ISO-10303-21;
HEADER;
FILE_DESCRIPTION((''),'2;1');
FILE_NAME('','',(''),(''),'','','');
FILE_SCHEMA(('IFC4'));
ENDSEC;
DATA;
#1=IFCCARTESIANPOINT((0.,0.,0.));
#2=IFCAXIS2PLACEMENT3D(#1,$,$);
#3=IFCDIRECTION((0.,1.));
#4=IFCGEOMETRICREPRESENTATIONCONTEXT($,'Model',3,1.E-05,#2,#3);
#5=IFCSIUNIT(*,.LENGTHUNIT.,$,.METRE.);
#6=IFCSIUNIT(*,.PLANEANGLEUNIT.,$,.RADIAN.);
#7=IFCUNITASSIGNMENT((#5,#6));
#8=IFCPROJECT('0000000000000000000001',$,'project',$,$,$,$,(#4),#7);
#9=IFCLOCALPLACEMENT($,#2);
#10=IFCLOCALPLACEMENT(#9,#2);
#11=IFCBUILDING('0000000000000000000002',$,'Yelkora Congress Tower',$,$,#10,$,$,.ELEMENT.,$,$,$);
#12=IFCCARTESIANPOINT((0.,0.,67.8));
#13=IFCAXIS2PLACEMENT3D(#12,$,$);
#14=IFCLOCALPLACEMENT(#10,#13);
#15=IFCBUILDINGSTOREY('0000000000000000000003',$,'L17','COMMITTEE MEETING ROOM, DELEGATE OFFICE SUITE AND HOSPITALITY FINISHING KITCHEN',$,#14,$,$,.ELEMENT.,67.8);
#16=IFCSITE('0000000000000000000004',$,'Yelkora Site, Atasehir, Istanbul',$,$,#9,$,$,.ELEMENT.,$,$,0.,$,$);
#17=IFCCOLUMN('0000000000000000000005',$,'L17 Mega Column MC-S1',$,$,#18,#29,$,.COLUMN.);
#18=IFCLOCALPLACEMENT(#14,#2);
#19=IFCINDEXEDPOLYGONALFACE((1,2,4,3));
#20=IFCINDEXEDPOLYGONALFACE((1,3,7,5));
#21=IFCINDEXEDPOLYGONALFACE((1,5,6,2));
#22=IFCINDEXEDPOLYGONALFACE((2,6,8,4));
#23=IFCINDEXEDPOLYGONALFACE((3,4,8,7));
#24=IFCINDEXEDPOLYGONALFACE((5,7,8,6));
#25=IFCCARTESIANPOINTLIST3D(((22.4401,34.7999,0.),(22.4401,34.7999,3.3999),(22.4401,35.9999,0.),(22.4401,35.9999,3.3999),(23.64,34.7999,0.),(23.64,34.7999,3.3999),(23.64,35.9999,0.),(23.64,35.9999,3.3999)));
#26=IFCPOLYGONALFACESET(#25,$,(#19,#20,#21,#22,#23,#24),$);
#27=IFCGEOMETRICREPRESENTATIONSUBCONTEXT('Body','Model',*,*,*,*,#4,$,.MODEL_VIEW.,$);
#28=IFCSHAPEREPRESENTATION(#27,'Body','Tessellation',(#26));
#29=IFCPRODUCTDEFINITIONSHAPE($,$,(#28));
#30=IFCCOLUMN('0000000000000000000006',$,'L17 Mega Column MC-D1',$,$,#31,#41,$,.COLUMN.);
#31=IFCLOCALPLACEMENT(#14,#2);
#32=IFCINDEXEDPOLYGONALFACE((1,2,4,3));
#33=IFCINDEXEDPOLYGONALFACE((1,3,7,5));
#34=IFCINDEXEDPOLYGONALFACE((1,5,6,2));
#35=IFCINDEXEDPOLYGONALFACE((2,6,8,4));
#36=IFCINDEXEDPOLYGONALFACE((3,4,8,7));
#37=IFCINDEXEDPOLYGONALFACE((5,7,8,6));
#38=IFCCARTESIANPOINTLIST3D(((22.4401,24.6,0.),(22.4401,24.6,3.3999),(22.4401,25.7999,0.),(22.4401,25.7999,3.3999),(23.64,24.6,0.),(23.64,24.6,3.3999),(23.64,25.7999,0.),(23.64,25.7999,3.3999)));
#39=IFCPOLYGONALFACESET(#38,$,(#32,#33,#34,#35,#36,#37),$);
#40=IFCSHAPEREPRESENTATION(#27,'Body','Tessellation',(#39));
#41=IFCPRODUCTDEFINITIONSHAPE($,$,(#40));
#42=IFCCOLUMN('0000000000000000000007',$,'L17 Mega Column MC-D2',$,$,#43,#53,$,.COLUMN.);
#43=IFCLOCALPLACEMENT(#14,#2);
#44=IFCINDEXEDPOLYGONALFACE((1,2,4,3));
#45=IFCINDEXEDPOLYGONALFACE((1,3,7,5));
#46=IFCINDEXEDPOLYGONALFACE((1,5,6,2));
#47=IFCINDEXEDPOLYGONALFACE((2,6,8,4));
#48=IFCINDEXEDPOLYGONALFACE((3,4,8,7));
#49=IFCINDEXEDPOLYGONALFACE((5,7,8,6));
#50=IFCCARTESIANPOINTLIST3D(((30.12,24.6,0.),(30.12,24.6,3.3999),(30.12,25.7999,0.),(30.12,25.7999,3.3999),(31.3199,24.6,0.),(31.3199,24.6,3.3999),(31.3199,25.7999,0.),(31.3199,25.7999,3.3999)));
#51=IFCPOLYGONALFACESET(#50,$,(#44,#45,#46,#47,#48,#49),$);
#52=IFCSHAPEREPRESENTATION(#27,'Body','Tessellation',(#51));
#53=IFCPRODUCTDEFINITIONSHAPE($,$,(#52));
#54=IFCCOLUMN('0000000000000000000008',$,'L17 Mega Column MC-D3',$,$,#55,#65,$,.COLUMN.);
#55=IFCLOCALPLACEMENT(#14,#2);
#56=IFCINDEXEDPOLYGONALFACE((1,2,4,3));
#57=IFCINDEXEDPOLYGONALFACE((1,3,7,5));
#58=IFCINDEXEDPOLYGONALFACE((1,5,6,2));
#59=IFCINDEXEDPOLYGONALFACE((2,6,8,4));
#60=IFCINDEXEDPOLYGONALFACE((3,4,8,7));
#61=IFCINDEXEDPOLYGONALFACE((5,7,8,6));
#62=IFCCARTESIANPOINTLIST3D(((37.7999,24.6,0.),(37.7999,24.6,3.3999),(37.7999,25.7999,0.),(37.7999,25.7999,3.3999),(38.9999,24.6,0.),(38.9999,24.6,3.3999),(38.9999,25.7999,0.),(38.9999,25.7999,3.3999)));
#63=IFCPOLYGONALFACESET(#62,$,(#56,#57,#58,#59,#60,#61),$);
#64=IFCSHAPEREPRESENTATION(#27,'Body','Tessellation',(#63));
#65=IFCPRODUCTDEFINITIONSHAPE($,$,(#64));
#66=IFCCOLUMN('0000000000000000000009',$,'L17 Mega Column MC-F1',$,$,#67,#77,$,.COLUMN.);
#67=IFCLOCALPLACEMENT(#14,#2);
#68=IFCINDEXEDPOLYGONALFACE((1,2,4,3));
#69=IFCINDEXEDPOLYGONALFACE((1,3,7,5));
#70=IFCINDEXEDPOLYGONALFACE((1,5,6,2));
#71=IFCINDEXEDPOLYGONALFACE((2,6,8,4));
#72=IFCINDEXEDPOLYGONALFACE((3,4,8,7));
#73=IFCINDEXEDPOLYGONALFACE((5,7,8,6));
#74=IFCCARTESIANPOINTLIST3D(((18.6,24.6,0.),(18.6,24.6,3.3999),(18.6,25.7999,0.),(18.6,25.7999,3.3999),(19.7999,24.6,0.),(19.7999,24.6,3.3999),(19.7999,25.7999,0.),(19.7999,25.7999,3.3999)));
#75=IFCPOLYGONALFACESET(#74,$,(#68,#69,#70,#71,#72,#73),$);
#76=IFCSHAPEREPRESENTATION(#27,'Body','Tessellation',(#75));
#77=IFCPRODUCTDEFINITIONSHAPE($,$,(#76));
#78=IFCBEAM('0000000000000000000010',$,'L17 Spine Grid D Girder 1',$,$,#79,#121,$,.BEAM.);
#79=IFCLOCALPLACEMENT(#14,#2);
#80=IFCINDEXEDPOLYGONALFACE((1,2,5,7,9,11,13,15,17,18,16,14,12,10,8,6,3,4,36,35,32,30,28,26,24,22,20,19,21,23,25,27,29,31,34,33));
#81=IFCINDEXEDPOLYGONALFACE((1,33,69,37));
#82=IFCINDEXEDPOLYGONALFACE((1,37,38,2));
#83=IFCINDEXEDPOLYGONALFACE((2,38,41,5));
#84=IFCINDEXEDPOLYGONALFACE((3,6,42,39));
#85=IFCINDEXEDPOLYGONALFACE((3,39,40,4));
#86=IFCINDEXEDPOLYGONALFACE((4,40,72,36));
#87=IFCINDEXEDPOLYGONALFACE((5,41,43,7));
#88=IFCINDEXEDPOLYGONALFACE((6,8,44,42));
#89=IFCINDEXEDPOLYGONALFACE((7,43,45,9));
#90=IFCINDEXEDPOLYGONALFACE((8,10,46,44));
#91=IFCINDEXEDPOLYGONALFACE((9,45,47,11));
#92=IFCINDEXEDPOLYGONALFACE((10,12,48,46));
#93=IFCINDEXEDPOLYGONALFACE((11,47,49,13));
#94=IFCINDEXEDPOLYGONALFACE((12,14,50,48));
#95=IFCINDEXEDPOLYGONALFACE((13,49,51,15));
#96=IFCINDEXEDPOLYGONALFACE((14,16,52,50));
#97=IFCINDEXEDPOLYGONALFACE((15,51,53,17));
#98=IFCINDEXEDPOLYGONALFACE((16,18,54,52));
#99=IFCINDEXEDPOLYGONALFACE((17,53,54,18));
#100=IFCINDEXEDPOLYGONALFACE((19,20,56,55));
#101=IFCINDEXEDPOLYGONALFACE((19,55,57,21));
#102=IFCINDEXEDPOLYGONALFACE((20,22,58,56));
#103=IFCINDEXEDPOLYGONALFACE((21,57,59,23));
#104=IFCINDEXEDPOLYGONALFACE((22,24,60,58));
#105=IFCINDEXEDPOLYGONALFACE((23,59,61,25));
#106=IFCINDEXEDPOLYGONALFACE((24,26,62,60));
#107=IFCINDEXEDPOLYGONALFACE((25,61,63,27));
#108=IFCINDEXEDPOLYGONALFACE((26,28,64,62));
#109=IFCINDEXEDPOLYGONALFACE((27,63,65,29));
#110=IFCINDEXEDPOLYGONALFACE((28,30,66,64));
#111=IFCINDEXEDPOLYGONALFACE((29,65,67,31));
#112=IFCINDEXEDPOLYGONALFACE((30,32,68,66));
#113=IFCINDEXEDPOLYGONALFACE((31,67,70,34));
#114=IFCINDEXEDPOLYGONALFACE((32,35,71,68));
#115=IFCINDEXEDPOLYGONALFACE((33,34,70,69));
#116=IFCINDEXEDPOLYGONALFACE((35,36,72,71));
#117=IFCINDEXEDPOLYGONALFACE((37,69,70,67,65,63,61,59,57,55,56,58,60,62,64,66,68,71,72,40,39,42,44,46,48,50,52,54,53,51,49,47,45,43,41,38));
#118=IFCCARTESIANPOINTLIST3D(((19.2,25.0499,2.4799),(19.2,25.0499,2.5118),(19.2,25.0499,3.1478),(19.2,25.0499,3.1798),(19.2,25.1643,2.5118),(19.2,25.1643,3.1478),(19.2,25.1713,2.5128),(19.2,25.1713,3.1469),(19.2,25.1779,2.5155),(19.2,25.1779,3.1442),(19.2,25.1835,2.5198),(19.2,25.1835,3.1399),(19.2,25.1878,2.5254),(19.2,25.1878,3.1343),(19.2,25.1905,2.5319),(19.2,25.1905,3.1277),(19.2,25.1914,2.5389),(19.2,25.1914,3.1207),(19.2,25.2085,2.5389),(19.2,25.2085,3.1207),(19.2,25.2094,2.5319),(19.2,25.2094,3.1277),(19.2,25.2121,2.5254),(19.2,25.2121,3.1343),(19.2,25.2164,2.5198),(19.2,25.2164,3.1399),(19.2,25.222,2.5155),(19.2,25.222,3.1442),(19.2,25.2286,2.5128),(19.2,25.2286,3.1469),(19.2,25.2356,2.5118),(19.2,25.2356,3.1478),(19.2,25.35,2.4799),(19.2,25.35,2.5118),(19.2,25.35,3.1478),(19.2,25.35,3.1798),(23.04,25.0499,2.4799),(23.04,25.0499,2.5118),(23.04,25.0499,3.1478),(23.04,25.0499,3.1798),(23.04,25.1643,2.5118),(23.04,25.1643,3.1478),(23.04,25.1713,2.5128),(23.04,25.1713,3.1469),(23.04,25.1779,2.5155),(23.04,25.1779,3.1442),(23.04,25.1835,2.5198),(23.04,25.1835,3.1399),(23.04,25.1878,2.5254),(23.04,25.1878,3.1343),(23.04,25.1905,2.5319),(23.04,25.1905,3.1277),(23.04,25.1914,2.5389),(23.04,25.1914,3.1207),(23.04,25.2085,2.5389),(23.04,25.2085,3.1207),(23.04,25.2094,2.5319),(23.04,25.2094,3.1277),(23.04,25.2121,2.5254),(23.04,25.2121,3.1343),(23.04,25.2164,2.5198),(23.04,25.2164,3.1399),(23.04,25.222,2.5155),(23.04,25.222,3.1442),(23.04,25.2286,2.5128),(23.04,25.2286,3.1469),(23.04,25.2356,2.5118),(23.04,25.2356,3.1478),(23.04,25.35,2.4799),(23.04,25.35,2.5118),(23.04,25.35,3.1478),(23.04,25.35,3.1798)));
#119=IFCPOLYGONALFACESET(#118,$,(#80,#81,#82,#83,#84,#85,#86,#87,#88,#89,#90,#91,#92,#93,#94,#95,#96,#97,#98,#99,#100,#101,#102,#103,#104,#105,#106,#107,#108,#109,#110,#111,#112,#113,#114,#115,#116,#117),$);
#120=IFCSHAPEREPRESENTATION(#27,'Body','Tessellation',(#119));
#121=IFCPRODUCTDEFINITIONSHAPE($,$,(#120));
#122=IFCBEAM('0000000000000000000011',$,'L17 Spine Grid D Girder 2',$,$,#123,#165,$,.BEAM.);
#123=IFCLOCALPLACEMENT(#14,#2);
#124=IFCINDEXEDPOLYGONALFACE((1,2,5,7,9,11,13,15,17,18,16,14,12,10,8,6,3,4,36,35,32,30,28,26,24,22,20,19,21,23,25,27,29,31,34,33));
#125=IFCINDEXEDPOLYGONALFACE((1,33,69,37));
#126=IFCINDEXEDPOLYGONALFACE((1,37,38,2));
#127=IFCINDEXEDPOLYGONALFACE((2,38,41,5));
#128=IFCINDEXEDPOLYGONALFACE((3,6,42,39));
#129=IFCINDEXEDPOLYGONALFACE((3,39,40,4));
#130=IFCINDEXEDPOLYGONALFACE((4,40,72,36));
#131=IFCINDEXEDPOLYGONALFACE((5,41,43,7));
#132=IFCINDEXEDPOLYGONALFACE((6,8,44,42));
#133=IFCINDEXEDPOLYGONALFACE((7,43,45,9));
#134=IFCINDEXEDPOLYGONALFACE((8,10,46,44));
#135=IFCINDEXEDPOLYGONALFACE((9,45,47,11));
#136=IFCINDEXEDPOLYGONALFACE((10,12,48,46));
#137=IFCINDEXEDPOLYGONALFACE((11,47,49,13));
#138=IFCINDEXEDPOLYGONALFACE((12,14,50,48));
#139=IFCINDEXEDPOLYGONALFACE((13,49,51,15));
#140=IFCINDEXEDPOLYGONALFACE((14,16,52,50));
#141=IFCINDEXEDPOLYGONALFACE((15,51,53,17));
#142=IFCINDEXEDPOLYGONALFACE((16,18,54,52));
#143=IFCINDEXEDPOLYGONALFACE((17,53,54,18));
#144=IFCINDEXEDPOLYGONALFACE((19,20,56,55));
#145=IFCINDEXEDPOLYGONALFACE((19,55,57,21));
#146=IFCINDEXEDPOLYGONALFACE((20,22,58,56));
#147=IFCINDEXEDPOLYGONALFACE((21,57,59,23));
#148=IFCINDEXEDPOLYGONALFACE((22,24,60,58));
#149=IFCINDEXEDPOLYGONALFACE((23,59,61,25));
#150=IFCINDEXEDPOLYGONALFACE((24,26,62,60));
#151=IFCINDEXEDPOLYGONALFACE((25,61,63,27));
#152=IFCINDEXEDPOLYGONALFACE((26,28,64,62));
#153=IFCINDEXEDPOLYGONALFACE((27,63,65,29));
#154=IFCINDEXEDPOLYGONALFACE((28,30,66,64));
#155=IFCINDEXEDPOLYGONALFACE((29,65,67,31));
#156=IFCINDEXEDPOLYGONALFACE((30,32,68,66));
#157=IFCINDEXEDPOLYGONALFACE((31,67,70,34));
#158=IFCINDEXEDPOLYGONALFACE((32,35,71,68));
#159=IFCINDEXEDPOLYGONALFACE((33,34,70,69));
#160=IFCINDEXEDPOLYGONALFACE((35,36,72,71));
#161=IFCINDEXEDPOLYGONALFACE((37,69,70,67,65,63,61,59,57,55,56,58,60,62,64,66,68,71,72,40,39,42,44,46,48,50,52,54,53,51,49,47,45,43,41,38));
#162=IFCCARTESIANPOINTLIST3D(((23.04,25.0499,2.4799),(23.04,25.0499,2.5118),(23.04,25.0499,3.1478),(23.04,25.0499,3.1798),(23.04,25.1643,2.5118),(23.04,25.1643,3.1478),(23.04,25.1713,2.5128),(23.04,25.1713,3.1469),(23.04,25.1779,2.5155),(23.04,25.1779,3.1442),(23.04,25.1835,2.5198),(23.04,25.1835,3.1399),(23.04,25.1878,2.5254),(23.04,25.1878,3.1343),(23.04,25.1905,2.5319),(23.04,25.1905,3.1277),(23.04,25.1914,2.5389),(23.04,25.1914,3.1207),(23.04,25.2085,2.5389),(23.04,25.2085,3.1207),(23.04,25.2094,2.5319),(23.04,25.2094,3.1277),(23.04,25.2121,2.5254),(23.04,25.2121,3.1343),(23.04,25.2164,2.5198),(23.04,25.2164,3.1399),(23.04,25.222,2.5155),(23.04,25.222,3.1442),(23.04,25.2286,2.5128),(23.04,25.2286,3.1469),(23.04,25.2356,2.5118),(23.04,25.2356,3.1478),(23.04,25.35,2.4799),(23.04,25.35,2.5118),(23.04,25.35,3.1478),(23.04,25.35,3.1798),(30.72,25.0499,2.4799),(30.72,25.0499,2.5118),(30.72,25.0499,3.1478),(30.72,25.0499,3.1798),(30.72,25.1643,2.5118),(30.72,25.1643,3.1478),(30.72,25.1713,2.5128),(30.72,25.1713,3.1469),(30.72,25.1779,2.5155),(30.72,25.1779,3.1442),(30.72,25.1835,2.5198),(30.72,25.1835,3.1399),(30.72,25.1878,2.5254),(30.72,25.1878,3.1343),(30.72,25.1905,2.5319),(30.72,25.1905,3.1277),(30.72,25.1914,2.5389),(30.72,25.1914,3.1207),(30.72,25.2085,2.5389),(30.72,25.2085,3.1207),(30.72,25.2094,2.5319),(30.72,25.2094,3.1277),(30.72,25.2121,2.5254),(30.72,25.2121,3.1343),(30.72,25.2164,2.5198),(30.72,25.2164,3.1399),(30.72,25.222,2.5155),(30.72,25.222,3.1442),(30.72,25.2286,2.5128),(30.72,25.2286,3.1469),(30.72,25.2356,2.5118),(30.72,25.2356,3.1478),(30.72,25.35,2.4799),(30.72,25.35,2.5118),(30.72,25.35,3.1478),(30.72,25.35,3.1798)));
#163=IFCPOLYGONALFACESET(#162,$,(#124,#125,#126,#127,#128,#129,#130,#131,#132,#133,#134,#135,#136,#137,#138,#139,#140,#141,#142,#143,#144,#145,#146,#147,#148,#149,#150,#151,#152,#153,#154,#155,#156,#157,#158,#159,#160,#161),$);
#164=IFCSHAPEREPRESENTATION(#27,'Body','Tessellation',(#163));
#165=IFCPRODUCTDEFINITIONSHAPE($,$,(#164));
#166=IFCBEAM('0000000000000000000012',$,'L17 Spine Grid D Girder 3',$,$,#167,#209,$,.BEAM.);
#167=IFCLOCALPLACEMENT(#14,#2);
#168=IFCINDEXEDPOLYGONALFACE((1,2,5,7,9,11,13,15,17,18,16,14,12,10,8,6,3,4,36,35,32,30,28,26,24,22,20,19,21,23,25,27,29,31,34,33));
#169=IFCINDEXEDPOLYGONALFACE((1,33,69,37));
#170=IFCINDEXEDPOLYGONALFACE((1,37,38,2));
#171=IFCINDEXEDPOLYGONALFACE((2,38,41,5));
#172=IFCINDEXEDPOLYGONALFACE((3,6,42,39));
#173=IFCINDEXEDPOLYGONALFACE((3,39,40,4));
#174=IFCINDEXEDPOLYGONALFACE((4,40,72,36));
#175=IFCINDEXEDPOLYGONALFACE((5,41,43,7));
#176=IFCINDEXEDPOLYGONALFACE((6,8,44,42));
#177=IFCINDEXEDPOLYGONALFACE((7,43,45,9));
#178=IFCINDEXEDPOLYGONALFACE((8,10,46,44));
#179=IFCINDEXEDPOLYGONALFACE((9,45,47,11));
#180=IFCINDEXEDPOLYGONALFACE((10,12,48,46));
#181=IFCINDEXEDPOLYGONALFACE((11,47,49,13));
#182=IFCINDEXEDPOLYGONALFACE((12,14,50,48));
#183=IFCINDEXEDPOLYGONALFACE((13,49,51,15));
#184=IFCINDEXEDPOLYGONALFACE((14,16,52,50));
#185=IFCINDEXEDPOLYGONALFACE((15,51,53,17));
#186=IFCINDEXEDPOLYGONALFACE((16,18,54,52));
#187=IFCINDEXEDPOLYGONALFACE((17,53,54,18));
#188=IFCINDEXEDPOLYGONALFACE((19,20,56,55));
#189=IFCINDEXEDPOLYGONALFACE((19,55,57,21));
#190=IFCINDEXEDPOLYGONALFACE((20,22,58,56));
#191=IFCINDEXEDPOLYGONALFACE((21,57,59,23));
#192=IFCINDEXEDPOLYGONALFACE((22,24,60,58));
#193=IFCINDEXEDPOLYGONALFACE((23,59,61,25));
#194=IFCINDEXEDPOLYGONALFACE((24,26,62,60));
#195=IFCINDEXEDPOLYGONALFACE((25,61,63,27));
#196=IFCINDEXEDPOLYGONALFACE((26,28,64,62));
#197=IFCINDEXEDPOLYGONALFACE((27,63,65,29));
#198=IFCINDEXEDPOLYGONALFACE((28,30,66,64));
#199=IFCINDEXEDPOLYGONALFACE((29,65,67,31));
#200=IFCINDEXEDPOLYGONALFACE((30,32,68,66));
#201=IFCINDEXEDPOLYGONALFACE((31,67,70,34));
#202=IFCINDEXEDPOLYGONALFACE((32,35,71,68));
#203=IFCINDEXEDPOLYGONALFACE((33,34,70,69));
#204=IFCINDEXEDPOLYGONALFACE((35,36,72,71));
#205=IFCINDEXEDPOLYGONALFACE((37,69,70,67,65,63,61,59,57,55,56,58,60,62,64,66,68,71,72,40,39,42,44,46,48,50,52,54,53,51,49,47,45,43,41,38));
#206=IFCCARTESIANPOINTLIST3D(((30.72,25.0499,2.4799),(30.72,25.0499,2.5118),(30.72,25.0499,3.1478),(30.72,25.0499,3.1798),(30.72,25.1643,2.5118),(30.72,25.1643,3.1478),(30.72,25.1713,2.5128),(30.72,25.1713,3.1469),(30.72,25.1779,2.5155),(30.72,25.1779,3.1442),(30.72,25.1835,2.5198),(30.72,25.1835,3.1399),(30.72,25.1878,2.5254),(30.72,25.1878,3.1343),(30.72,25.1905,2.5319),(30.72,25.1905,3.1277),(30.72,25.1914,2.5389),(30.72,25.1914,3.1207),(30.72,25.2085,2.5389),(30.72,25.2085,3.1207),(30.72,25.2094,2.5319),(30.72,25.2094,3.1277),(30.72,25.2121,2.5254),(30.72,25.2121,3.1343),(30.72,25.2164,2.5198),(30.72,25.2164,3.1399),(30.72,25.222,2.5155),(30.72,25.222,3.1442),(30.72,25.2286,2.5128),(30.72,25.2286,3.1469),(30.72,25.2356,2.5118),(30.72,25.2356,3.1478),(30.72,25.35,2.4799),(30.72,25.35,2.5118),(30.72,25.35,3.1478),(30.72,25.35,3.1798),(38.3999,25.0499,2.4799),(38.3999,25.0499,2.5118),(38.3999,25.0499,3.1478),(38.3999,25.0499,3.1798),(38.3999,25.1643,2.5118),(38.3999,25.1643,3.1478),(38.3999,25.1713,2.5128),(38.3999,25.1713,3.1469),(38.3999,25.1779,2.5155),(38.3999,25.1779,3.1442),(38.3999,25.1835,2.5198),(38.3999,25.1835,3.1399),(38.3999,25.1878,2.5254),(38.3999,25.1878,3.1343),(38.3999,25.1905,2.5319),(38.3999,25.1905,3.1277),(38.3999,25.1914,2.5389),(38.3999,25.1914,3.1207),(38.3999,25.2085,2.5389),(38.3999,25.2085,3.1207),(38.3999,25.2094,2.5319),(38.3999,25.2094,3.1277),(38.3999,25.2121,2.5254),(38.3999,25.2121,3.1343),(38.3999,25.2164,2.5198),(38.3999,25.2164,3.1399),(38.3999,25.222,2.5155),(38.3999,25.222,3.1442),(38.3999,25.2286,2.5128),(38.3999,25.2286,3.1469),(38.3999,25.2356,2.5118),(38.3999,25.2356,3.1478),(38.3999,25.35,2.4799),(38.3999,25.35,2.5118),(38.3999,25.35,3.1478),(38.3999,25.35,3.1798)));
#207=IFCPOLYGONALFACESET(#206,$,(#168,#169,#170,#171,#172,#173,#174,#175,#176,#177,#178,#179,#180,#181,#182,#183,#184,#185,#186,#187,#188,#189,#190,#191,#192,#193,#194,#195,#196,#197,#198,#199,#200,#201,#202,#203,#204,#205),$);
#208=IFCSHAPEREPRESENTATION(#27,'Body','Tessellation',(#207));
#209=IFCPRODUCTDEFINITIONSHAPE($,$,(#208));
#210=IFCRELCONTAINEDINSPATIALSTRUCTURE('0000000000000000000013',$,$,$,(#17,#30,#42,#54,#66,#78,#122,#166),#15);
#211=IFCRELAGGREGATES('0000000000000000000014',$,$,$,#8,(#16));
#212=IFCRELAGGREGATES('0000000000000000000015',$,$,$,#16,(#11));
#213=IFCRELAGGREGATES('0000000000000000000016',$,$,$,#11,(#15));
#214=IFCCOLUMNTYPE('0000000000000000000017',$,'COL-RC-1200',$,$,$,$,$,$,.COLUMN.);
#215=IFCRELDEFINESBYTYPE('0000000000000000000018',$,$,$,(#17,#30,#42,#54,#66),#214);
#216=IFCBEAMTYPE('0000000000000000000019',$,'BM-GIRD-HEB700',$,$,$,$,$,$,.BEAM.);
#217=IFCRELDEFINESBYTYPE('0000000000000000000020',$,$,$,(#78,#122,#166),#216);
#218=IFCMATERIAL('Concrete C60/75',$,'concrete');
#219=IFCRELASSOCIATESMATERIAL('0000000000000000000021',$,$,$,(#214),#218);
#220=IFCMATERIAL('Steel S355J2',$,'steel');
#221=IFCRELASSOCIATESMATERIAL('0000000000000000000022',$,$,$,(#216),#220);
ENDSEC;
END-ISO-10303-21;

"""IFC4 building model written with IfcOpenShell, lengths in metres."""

from ifc_helpers import new_model, si_unit, direction, frame, origin, origin_2d, place, context, subcontext, project, spatial, rectangle, i_section, extrude, material, material_profile, profile_set, type_object, element, save


model = new_model("IFC4")

# Units and contexts
model_context = context("Model", 3, precision=1e-05, world=origin(), true_north=direction((0.0, 1.0)))
body_context = subcontext(model_context, "Body", "Model", "MODEL_VIEW")
ifc_project = project(units=[si_unit("LENGTHUNIT", "METRE"), si_unit("PLANEANGLEUNIT", "RADIAN")], contexts=[model_context])

# Site, building, storey
site_placement = place(None, origin())
site = spatial("IfcSite", under=ifc_project, at=site_placement, Name="Yelkora Site, Atasehir, Istanbul", CompositionType="ELEMENT", RefElevation=0.0)
building_placement = place(site_placement, origin())
building = spatial("IfcBuilding", under=site, at=building_placement, Name="Yelkora Congress Tower", CompositionType="ELEMENT")
storey_placement = place(building_placement, frame((0.0, 0.0, 67.8)))
storey = spatial("IfcBuildingStorey", under=building, at=storey_placement, Name="L17", Description="COMMITTEE MEETING ROOM, DELEGATE OFFICE SUITE AND HOSPITALITY FINISHING KITCHEN", CompositionType="ELEMENT", Elevation=67.8)

# Columns
ifc_material_1 = material(Name="Concrete C60/75", Category="concrete")
ifc_material_profile_1 = material_profile(ifc_material_1, rectangle(XDim=1.2, YDim=1.2, at=origin_2d()), Name="RC 1200x1200")
ifc_profile_set_1 = profile_set([ifc_material_profile_1], Name="Concrete C60/75")
column_type = type_object("IfcColumnType", Name="COL-RC-1200", PredefinedType="COLUMN", material=ifc_profile_set_1)
for number, where, z_axis, x_axis, name in (
    (1, (23.04, 35.3999, 0.0), (0.0, 0.0, 1.0), (1.0, 0.0, 0.0), "L17 Mega Column MC-S1"),
    (2, (23.04, 25.2, 0.0), (0.0, 0.0, 1.0), (1.0, 0.0, 0.0), "L17 Mega Column MC-D1"),
    (3, (30.72, 25.2, 0.0), (0.0, 0.0, 1.0), (1.0, 0.0, 0.0), "L17 Mega Column MC-D2"),
    (4, (38.3999, 25.2, 0.0), (0.0, 0.0, 1.0), (1.0, 0.0, 0.0), "L17 Mega Column MC-D3"),
    (5, (19.2, 25.2, 0.0), (0.0, 0.0, 1.0), (1.0, 0.0, 0.0), "L17 Mega Column MC-F1"),
):
    element("IfcColumn", number, at=place(storey_placement, frame(where, z_axis=z_axis, x_axis=x_axis)), inside=storey, type_object=column_type, Name=name, PredefinedType="COLUMN", context=body_context, shape_type="SweptSolid", body=[
        extrude(rectangle(XDim=1.2, YDim=1.2, at=origin_2d()), origin(), (0.0, 0.0, 1.0), 3.3999),
    ])

# Beams
ifc_material_2 = material(Name="Steel S355J2", Category="steel")
ifc_material_profile_2 = material_profile(ifc_material_2, i_section(OverallWidth=0.3, OverallDepth=0.7, WebThickness=0.0171, FlangeThickness=0.032, FilletRadius=0.0271, at=origin_2d()), Name="HEB 700")
ifc_profile_set_2 = profile_set([ifc_material_profile_2], Name="Steel S355J2")
beam_type_1 = type_object("IfcBeamType", Name="BM-GIRD-HEB700", PredefinedType="BEAM", material=ifc_profile_set_2)
beam_1_placement = place(storey_placement, frame((19.2, 25.2, 2.8298), z_axis=(1.0, 0.0, 0.0), x_axis=(0.0, 1.0, 0.0)))
element("IfcBeam", 6, at=beam_1_placement, inside=storey, type_object=beam_type_1, Name="L17 Spine Grid D Girder 1", PredefinedType="BEAM", context=body_context, shape_type="SweptSolid", body=[
    extrude(i_section(OverallWidth=0.3, OverallDepth=0.7, WebThickness=0.0171, FlangeThickness=0.032, FilletRadius=0.0271, at=origin_2d()), origin(), (0.0, 0.0, 1.0), 3.8401),
])
for number, where, z_axis, x_axis, name in (
    (7, (23.04, 25.2, 2.8298), (1.0, 0.0, 0.0), (0.0, 1.0, 0.0), "L17 Spine Grid D Girder 2"),
    (8, (30.72, 25.2, 2.8298), (1.0, 0.0, 0.0), (0.0, 1.0, 0.0), "L17 Spine Grid D Girder 3"),
):
    element("IfcBeam", number, at=place(storey_placement, frame(where, z_axis=z_axis, x_axis=x_axis)), inside=storey, type_object=beam_type_1, Name=name, PredefinedType="BEAM", context=body_context, shape_type="SweptSolid", body=[
        extrude(i_section(OverallWidth=0.3, OverallDepth=0.7, WebThickness=0.0171, FlangeThickness=0.032, FilletRadius=0.0271, at=origin_2d()), origin(), (0.0, 0.0, 1.0), 7.6799),
    ])

save(model, "model.ifc")
